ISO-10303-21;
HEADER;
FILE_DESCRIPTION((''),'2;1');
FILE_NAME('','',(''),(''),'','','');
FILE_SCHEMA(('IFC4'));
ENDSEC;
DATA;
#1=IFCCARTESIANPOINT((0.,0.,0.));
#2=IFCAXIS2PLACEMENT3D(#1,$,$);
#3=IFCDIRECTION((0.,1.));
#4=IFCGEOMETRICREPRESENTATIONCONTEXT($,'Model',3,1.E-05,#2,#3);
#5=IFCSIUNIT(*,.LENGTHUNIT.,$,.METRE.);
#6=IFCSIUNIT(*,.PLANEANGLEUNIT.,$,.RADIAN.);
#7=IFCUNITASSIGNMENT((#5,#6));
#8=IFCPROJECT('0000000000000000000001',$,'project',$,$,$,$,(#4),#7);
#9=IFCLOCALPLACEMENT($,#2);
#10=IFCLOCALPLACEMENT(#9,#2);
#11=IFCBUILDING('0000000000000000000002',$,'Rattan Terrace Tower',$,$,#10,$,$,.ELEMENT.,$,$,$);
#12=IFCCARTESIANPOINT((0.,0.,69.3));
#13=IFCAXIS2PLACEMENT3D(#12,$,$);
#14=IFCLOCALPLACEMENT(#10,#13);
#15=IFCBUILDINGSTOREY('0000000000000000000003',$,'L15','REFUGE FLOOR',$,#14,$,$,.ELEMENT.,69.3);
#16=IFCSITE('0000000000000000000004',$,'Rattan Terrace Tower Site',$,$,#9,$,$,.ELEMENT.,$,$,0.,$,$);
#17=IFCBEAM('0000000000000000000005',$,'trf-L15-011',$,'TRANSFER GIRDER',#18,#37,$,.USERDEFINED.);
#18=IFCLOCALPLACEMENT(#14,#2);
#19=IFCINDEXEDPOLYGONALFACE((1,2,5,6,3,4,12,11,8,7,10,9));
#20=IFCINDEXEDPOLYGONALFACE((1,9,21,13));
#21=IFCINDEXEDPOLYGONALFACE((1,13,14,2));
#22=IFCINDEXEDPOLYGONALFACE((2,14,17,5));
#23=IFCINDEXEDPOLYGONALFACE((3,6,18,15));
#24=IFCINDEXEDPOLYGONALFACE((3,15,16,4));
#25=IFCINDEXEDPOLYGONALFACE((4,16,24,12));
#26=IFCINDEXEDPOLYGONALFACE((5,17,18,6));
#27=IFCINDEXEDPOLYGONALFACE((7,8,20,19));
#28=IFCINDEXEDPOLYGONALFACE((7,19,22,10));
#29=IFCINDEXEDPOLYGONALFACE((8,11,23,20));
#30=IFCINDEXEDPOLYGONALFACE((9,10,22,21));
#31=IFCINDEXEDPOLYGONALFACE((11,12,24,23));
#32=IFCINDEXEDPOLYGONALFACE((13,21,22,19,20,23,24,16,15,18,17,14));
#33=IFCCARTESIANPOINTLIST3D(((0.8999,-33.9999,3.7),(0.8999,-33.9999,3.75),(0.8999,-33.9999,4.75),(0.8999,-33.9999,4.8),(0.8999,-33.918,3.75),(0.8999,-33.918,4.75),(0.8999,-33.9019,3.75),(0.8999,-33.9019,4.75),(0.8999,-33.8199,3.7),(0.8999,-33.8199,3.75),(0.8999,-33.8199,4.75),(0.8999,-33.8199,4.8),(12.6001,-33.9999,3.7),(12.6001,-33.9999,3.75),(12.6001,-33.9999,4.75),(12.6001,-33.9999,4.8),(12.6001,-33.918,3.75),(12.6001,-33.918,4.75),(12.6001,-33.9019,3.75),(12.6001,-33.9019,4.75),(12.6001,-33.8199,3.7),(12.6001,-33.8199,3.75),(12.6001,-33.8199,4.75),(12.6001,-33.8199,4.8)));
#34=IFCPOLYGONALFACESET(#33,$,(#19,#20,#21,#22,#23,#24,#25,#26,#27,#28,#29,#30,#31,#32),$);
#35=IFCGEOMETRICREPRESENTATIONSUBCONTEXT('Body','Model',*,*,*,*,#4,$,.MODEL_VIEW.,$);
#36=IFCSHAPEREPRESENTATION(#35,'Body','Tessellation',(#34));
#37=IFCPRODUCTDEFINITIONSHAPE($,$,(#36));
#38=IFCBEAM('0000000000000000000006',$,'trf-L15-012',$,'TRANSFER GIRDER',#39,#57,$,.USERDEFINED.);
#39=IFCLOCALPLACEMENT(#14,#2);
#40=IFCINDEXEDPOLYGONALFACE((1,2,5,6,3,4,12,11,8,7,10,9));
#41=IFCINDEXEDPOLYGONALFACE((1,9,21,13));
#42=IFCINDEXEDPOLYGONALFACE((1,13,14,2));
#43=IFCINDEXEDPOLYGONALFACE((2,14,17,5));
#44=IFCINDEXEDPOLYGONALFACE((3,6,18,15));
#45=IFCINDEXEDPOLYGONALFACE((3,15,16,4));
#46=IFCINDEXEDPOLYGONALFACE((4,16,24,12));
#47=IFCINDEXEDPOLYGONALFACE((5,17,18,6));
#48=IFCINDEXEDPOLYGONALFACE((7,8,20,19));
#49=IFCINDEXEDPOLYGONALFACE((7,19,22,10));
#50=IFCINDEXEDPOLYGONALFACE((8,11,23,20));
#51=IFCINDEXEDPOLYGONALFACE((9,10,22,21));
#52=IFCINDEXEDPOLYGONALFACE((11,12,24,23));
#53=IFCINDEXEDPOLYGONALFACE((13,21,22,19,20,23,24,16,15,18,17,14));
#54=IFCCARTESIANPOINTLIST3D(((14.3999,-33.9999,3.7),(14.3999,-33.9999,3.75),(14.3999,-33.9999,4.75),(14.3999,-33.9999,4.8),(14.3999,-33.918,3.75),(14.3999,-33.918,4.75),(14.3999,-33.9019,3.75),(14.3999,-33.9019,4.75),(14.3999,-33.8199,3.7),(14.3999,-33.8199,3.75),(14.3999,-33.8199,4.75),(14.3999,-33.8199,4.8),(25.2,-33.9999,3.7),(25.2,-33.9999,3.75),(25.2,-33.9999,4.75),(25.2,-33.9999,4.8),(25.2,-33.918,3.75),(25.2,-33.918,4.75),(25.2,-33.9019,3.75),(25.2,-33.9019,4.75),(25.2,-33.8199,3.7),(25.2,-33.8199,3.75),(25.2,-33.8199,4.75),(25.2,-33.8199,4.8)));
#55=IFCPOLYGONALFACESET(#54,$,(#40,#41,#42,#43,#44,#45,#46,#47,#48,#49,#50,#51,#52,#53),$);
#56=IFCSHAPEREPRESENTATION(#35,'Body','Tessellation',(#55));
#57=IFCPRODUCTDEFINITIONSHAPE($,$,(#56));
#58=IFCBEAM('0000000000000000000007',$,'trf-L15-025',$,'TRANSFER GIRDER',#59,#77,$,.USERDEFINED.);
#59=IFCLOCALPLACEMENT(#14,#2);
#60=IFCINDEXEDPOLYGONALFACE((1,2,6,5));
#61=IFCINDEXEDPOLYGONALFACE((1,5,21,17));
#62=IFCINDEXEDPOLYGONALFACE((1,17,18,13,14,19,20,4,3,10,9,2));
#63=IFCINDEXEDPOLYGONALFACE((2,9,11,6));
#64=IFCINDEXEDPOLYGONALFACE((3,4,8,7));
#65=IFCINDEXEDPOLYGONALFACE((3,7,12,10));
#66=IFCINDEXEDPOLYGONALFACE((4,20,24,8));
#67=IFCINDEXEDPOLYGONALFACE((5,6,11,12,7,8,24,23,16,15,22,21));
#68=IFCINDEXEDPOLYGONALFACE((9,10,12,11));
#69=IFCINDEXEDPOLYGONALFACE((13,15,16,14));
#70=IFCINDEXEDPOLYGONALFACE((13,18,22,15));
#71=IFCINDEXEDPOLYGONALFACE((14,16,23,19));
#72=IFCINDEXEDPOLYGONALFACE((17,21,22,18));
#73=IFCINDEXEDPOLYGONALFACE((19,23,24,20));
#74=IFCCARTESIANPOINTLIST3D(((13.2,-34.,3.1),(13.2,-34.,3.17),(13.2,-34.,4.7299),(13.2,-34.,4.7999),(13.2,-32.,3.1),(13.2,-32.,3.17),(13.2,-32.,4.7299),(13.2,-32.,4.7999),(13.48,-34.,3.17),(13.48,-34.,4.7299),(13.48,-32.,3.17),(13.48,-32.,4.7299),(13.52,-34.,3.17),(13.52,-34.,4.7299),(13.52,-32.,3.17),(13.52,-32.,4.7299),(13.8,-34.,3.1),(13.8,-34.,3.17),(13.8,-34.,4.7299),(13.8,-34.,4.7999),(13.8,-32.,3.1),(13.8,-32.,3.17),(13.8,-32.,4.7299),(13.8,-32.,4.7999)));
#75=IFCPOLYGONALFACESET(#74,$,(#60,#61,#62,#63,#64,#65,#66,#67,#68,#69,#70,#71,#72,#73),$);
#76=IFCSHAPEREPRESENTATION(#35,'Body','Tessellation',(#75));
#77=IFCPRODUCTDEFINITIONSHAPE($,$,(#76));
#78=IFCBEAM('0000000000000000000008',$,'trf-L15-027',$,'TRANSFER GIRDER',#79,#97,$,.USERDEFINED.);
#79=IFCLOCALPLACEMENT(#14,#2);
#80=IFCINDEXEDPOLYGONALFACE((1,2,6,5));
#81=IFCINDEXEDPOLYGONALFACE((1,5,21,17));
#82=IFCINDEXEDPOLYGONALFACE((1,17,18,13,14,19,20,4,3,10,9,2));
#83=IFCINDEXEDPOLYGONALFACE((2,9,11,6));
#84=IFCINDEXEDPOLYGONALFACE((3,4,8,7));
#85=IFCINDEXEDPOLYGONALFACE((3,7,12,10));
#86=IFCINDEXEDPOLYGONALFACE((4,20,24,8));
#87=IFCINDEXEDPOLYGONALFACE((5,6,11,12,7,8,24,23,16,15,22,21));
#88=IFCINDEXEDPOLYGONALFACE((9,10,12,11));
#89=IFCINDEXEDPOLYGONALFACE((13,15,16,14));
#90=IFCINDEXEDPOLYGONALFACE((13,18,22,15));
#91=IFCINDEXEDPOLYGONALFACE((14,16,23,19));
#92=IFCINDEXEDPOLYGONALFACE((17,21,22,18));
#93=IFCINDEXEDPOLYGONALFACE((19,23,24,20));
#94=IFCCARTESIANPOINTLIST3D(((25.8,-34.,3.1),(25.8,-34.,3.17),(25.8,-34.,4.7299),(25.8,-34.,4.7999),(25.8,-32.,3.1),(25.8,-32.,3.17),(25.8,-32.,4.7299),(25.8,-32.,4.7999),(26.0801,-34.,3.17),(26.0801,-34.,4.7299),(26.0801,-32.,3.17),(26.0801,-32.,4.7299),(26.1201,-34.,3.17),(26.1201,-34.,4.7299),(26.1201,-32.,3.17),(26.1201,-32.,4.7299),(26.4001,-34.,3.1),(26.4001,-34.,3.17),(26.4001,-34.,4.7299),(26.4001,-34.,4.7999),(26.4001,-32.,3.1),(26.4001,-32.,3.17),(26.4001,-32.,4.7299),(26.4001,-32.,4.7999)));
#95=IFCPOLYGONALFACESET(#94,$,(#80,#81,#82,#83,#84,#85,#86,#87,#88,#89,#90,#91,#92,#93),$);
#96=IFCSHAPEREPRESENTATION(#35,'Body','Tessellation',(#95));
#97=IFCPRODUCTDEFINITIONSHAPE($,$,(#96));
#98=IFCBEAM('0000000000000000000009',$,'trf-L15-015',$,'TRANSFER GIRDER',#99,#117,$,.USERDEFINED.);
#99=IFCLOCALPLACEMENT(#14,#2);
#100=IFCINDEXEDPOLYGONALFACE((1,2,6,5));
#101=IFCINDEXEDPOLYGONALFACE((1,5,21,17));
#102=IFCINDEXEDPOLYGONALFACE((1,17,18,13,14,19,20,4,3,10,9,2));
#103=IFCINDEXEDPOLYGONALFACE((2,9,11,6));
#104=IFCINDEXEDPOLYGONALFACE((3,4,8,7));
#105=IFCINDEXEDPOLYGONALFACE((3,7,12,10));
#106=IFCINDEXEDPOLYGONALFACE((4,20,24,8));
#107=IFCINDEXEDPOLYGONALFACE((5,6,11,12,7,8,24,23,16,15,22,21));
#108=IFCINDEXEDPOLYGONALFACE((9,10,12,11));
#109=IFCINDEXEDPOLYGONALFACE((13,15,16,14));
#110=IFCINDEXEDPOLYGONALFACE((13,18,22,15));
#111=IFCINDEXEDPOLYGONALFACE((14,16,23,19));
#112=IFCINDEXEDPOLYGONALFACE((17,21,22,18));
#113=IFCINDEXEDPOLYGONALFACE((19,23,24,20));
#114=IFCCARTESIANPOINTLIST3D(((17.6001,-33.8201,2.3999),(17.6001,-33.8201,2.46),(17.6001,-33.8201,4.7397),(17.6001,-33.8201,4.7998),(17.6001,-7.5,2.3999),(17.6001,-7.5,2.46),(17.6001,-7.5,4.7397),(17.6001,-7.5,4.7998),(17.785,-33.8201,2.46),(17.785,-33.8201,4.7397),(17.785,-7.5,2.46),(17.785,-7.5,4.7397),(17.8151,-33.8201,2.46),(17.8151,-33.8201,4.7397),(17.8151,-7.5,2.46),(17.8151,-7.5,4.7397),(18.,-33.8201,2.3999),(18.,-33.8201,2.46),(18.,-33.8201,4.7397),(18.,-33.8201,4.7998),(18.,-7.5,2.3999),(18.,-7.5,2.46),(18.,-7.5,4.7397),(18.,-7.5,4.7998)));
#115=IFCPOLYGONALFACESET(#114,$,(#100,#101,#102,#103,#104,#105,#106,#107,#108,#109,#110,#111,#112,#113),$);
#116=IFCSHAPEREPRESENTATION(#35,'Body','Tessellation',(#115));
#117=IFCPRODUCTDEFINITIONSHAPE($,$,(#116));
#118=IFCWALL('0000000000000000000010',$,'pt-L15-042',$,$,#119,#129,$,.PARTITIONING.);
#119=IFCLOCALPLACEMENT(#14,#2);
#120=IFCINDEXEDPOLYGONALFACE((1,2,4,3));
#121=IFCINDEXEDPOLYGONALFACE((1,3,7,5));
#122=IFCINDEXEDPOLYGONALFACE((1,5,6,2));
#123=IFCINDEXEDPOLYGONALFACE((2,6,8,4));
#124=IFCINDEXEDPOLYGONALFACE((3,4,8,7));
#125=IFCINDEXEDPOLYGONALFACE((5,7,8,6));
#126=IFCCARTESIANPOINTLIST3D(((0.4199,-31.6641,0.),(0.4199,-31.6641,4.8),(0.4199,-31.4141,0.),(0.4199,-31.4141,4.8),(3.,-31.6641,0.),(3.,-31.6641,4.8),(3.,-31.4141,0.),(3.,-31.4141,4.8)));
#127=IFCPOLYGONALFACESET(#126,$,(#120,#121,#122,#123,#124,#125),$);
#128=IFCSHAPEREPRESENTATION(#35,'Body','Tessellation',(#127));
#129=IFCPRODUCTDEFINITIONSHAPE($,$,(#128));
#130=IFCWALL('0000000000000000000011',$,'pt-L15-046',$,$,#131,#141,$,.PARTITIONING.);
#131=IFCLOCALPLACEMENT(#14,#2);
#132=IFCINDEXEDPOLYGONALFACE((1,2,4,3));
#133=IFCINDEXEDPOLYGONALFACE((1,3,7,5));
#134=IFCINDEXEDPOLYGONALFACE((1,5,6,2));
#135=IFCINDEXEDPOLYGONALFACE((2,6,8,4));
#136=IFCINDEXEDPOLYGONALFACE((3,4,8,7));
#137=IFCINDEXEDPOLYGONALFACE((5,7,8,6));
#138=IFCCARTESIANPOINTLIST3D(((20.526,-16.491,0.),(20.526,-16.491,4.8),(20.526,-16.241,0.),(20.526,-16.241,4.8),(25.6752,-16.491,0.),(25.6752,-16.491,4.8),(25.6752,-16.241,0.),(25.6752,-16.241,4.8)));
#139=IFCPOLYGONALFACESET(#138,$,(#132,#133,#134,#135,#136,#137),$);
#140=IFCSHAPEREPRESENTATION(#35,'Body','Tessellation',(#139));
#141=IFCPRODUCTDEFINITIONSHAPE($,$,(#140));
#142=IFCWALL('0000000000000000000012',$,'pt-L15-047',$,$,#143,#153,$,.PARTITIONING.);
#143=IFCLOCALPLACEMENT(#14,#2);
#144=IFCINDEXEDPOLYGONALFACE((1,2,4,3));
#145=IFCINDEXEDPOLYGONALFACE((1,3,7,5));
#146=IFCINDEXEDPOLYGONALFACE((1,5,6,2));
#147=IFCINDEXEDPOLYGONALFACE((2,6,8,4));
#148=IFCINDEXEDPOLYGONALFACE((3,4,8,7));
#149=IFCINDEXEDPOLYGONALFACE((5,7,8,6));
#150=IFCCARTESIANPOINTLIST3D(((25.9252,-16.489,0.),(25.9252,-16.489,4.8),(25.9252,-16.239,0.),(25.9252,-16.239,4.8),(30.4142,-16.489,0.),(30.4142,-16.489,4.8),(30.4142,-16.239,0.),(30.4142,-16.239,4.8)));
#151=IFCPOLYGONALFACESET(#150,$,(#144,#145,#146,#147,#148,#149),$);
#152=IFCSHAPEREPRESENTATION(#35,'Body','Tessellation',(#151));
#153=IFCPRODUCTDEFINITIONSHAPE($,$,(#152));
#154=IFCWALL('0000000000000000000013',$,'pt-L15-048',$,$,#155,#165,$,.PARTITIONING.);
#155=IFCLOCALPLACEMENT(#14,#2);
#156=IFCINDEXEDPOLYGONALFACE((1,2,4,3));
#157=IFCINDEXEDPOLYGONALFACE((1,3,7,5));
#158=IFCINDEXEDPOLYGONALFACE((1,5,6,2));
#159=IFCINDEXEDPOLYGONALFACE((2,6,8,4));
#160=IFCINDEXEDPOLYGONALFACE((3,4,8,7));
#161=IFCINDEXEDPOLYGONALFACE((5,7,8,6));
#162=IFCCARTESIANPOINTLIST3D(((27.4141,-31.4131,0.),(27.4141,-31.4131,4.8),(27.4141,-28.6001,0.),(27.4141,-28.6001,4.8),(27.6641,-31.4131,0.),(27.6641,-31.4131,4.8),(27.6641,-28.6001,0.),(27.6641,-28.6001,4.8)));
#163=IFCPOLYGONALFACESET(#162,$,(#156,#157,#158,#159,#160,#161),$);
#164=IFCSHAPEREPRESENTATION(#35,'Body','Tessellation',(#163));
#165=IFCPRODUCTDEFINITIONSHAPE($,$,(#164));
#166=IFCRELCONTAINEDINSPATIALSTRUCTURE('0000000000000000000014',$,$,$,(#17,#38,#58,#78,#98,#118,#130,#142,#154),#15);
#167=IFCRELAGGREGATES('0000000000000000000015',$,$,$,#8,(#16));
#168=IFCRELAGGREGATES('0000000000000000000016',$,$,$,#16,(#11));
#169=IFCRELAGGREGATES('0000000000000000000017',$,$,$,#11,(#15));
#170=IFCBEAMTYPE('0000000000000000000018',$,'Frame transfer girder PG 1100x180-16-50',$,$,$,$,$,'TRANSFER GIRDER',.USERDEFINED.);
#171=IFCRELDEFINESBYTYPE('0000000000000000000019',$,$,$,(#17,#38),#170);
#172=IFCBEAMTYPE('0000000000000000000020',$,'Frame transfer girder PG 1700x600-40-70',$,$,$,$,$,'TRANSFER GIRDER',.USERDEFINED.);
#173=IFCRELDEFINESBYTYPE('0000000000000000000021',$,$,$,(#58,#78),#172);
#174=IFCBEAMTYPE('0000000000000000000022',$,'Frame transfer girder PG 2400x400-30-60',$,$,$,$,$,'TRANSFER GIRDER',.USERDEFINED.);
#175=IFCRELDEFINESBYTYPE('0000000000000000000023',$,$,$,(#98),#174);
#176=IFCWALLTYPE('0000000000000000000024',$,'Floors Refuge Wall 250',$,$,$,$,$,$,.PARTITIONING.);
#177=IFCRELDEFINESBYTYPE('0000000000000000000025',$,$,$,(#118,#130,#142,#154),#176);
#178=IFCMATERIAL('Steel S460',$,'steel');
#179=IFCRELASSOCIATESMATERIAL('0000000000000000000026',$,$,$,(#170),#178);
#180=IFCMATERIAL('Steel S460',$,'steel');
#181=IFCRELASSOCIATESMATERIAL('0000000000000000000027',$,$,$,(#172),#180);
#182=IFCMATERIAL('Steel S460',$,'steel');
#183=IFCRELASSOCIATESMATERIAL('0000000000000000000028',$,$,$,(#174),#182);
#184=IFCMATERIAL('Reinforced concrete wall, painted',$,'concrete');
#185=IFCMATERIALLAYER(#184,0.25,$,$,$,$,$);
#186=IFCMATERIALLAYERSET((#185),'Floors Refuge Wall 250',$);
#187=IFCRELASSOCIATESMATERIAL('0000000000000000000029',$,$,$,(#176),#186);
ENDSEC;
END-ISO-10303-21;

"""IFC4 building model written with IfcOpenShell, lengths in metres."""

from ifc_helpers import new_model, si_unit, direction, frame, frame_2d, origin, origin_2d, place, context, subcontext, project, spatial, rectangle, i_section, extrude, material, layer, layer_set, material_profile, profile_set, type_object, element, save


model = new_model("IFC4")

# Units and contexts
model_context = context("Model", 3, precision=1e-05, world=origin(), true_north=direction((0.0, 1.0)))
body_context = subcontext(model_context, "Body", "Model", "MODEL_VIEW")
ifc_project = project(units=[si_unit("LENGTHUNIT", "METRE"), si_unit("PLANEANGLEUNIT", "RADIAN")], contexts=[model_context])

# Site, building, storey
site_placement = place(None, origin())
site = spatial("IfcSite", under=ifc_project, at=site_placement, Name="Rattan Terrace Tower Site", CompositionType="ELEMENT", RefElevation=0.0)
building_placement = place(site_placement, origin())
building = spatial("IfcBuilding", under=site, at=building_placement, Name="Rattan Terrace Tower", CompositionType="ELEMENT")
storey_placement = place(building_placement, frame((0.0, 0.0, 69.3)))
storey = spatial("IfcBuildingStorey", under=building, at=storey_placement, Name="L15", Description="REFUGE FLOOR", CompositionType="ELEMENT", Elevation=69.3)

# Beams
ifc_material_1 = material(Name="Steel S460", Category="steel")
ifc_material_profile_1 = material_profile(ifc_material_1, i_section(OverallWidth=0.1799, OverallDepth=1.1001, WebThickness=0.0161, FlangeThickness=0.05, at=origin_2d()), Name="PG 1100x180-16-50")
ifc_profile_set_1 = profile_set([ifc_material_profile_1], Name="Steel S460")
beam_type_1 = type_object("IfcBeamType", Name="Frame transfer girder PG 1100x180-16-50", ElementType="TRANSFER GIRDER", PredefinedType="USERDEFINED", material=ifc_profile_set_1)
beam_1_placement = place(storey_placement, frame((0.8999, -33.9099, 4.25), z_axis=(1.0, 0.0, 0.0), x_axis=(0.0, 1.0, 0.0)))
element("IfcBeam", 1, at=beam_1_placement, inside=storey, type_object=beam_type_1, Name="trf-L15-011", ObjectType="TRANSFER GIRDER", PredefinedType="USERDEFINED", context=body_context, shape_type="SweptSolid", body=[
    extrude(i_section(OverallWidth=0.1799, OverallDepth=1.1001, WebThickness=0.0161, FlangeThickness=0.05, at=origin_2d()), origin(), (0.0, 0.0, 1.0), 11.7002),
])
beam_2_placement = place(storey_placement, frame((14.3999, -33.9099, 4.25), z_axis=(1.0, 0.0, 0.0), x_axis=(0.0, 1.0, 0.0)))
element("IfcBeam", 2, at=beam_2_placement, inside=storey, type_object=beam_type_1, Name="trf-L15-012", ObjectType="TRANSFER GIRDER", PredefinedType="USERDEFINED", context=body_context, shape_type="SweptSolid", body=[
    extrude(i_section(OverallWidth=0.1799, OverallDepth=1.1001, WebThickness=0.0161, FlangeThickness=0.05, at=origin_2d()), origin(), (0.0, 0.0, 1.0), 10.8),
])
ifc_material_2 = material(Name="Steel S460", Category="steel")
ifc_material_profile_2 = material_profile(ifc_material_2, i_section(OverallWidth=0.6001, OverallDepth=1.7, WebThickness=0.04, FlangeThickness=0.0701, at=origin_2d()), Name="PG 1700x600-40-70")
ifc_profile_set_2 = profile_set([ifc_material_profile_2], Name="Steel S460")
beam_type_2 = type_object("IfcBeamType", Name="Frame transfer girder PG 1700x600-40-70", ElementType="TRANSFER GIRDER", PredefinedType="USERDEFINED", material=ifc_profile_set_2)
for number, where, z_axis, x_axis, name in (
    (3, (13.5, -34.0, 3.95), (0.0, 1.0, 0.0), (-1.0, 0.0, 0.0), "trf-L15-025"),
    (4, (26.1001, -34.0, 3.95), (0.0, 1.0, 0.0), (-1.0, 0.0, 0.0), "trf-L15-027"),
):
    element("IfcBeam", number, at=place(storey_placement, frame(where, z_axis=z_axis, x_axis=x_axis)), inside=storey, type_object=beam_type_2, Name=name, ObjectType="TRANSFER GIRDER", PredefinedType="USERDEFINED", context=body_context, shape_type="SweptSolid", body=[
        extrude(i_section(OverallWidth=0.6001, OverallDepth=1.7, WebThickness=0.04, FlangeThickness=0.0701, at=origin_2d()), origin(), (0.0, 0.0, 1.0), 2.0),
    ])
ifc_material_3 = material(Name="Steel S460", Category="steel")
ifc_material_profile_3 = material_profile(ifc_material_3, i_section(OverallWidth=0.3999, OverallDepth=2.3999, WebThickness=0.03, FlangeThickness=0.0601, at=origin_2d()), Name="PG 2400x400-30-60")
ifc_profile_set_3 = profile_set([ifc_material_profile_3], Name="Steel S460")
beam_type_3 = type_object("IfcBeamType", Name="Frame transfer girder PG 2400x400-30-60", ElementType="TRANSFER GIRDER", PredefinedType="USERDEFINED", material=ifc_profile_set_3)
beam_3_placement = place(storey_placement, frame((17.8, -33.8201, 3.5999), z_axis=(0.0, 1.0, 0.0), x_axis=(-1.0, 0.0, 0.0)))
element("IfcBeam", 5, at=beam_3_placement, inside=storey, type_object=beam_type_3, Name="trf-L15-015", ObjectType="TRANSFER GIRDER", PredefinedType="USERDEFINED", context=body_context, shape_type="SweptSolid", body=[
    extrude(i_section(OverallWidth=0.3999, OverallDepth=2.3999, WebThickness=0.03, FlangeThickness=0.0601, at=origin_2d()), origin(), (0.0, 0.0, 1.0), 26.3201),
])

# Walls
ifc_material_4 = material(Name="Reinforced concrete wall, painted", Category="concrete")
ifc_layer = layer(ifc_material_4, 0.25)
ifc_layer_set = layer_set([ifc_layer], Name="Floors Refuge Wall 250")
wall_type = type_object("IfcWallType", Name="Floors Refuge Wall 250", PredefinedType="PARTITIONING", material=ifc_layer_set)
wall_1_placement = place(storey_placement, frame((3.0, -31.5391, 0.0), z_axis=(0.0, 0.0, 1.0), x_axis=(-1.0, 0.0, 0.0)))
element("IfcWall", 6, at=wall_1_placement, inside=storey, type_object=wall_type, Name="pt-L15-042", PredefinedType="PARTITIONING", context=body_context, shape_type="SweptSolid", body=[
    extrude(rectangle(XDim=2.5801, YDim=0.25, at=frame_2d((1.29, 0.0))), origin(), (0.0, 0.0, 1.0), 4.8),
])
wall_2_placement = place(storey_placement, frame((20.5259, -16.366, 0.0), z_axis=(0.0, 0.0, 1.0), x_axis=(1.0, 0.0, 0.0)))
element("IfcWall", 7, at=wall_2_placement, inside=storey, type_object=wall_type, Name="pt-L15-046", PredefinedType="PARTITIONING", context=body_context, shape_type="SweptSolid", body=[
    extrude(rectangle(XDim=5.1492, YDim=0.25, at=frame_2d((2.5747, 0.0))), origin(), (0.0, 0.0, 1.0), 4.8),
])
wall_3_placement = place(storey_placement, frame((25.925, -16.364, 0.0), z_axis=(0.0, 0.0, 1.0), x_axis=(1.0, 0.0, 0.0)))
element("IfcWall", 8, at=wall_3_placement, inside=storey, type_object=wall_type, Name="pt-L15-047", PredefinedType="PARTITIONING", context=body_context, shape_type="SweptSolid", body=[
    extrude(rectangle(XDim=4.489, YDim=0.25, at=frame_2d((2.2446, 0.0))), origin(), (0.0, 0.0, 1.0), 4.8),
])
wall_4_placement = place(storey_placement, frame((27.5391, -28.6001, 0.0), z_axis=(0.0, 0.0, 1.0), x_axis=(0.0, -1.0, 0.0)))
element("IfcWall", 9, at=wall_4_placement, inside=storey, type_object=wall_type, Name="pt-L15-048", PredefinedType="PARTITIONING", context=body_context, shape_type="SweptSolid", body=[
    extrude(rectangle(XDim=2.813, YDim=0.25, at=frame_2d((1.4065, 0.0))), origin(), (0.0, 0.0, 1.0), 4.8),
])

save(model, "model.ifc")
